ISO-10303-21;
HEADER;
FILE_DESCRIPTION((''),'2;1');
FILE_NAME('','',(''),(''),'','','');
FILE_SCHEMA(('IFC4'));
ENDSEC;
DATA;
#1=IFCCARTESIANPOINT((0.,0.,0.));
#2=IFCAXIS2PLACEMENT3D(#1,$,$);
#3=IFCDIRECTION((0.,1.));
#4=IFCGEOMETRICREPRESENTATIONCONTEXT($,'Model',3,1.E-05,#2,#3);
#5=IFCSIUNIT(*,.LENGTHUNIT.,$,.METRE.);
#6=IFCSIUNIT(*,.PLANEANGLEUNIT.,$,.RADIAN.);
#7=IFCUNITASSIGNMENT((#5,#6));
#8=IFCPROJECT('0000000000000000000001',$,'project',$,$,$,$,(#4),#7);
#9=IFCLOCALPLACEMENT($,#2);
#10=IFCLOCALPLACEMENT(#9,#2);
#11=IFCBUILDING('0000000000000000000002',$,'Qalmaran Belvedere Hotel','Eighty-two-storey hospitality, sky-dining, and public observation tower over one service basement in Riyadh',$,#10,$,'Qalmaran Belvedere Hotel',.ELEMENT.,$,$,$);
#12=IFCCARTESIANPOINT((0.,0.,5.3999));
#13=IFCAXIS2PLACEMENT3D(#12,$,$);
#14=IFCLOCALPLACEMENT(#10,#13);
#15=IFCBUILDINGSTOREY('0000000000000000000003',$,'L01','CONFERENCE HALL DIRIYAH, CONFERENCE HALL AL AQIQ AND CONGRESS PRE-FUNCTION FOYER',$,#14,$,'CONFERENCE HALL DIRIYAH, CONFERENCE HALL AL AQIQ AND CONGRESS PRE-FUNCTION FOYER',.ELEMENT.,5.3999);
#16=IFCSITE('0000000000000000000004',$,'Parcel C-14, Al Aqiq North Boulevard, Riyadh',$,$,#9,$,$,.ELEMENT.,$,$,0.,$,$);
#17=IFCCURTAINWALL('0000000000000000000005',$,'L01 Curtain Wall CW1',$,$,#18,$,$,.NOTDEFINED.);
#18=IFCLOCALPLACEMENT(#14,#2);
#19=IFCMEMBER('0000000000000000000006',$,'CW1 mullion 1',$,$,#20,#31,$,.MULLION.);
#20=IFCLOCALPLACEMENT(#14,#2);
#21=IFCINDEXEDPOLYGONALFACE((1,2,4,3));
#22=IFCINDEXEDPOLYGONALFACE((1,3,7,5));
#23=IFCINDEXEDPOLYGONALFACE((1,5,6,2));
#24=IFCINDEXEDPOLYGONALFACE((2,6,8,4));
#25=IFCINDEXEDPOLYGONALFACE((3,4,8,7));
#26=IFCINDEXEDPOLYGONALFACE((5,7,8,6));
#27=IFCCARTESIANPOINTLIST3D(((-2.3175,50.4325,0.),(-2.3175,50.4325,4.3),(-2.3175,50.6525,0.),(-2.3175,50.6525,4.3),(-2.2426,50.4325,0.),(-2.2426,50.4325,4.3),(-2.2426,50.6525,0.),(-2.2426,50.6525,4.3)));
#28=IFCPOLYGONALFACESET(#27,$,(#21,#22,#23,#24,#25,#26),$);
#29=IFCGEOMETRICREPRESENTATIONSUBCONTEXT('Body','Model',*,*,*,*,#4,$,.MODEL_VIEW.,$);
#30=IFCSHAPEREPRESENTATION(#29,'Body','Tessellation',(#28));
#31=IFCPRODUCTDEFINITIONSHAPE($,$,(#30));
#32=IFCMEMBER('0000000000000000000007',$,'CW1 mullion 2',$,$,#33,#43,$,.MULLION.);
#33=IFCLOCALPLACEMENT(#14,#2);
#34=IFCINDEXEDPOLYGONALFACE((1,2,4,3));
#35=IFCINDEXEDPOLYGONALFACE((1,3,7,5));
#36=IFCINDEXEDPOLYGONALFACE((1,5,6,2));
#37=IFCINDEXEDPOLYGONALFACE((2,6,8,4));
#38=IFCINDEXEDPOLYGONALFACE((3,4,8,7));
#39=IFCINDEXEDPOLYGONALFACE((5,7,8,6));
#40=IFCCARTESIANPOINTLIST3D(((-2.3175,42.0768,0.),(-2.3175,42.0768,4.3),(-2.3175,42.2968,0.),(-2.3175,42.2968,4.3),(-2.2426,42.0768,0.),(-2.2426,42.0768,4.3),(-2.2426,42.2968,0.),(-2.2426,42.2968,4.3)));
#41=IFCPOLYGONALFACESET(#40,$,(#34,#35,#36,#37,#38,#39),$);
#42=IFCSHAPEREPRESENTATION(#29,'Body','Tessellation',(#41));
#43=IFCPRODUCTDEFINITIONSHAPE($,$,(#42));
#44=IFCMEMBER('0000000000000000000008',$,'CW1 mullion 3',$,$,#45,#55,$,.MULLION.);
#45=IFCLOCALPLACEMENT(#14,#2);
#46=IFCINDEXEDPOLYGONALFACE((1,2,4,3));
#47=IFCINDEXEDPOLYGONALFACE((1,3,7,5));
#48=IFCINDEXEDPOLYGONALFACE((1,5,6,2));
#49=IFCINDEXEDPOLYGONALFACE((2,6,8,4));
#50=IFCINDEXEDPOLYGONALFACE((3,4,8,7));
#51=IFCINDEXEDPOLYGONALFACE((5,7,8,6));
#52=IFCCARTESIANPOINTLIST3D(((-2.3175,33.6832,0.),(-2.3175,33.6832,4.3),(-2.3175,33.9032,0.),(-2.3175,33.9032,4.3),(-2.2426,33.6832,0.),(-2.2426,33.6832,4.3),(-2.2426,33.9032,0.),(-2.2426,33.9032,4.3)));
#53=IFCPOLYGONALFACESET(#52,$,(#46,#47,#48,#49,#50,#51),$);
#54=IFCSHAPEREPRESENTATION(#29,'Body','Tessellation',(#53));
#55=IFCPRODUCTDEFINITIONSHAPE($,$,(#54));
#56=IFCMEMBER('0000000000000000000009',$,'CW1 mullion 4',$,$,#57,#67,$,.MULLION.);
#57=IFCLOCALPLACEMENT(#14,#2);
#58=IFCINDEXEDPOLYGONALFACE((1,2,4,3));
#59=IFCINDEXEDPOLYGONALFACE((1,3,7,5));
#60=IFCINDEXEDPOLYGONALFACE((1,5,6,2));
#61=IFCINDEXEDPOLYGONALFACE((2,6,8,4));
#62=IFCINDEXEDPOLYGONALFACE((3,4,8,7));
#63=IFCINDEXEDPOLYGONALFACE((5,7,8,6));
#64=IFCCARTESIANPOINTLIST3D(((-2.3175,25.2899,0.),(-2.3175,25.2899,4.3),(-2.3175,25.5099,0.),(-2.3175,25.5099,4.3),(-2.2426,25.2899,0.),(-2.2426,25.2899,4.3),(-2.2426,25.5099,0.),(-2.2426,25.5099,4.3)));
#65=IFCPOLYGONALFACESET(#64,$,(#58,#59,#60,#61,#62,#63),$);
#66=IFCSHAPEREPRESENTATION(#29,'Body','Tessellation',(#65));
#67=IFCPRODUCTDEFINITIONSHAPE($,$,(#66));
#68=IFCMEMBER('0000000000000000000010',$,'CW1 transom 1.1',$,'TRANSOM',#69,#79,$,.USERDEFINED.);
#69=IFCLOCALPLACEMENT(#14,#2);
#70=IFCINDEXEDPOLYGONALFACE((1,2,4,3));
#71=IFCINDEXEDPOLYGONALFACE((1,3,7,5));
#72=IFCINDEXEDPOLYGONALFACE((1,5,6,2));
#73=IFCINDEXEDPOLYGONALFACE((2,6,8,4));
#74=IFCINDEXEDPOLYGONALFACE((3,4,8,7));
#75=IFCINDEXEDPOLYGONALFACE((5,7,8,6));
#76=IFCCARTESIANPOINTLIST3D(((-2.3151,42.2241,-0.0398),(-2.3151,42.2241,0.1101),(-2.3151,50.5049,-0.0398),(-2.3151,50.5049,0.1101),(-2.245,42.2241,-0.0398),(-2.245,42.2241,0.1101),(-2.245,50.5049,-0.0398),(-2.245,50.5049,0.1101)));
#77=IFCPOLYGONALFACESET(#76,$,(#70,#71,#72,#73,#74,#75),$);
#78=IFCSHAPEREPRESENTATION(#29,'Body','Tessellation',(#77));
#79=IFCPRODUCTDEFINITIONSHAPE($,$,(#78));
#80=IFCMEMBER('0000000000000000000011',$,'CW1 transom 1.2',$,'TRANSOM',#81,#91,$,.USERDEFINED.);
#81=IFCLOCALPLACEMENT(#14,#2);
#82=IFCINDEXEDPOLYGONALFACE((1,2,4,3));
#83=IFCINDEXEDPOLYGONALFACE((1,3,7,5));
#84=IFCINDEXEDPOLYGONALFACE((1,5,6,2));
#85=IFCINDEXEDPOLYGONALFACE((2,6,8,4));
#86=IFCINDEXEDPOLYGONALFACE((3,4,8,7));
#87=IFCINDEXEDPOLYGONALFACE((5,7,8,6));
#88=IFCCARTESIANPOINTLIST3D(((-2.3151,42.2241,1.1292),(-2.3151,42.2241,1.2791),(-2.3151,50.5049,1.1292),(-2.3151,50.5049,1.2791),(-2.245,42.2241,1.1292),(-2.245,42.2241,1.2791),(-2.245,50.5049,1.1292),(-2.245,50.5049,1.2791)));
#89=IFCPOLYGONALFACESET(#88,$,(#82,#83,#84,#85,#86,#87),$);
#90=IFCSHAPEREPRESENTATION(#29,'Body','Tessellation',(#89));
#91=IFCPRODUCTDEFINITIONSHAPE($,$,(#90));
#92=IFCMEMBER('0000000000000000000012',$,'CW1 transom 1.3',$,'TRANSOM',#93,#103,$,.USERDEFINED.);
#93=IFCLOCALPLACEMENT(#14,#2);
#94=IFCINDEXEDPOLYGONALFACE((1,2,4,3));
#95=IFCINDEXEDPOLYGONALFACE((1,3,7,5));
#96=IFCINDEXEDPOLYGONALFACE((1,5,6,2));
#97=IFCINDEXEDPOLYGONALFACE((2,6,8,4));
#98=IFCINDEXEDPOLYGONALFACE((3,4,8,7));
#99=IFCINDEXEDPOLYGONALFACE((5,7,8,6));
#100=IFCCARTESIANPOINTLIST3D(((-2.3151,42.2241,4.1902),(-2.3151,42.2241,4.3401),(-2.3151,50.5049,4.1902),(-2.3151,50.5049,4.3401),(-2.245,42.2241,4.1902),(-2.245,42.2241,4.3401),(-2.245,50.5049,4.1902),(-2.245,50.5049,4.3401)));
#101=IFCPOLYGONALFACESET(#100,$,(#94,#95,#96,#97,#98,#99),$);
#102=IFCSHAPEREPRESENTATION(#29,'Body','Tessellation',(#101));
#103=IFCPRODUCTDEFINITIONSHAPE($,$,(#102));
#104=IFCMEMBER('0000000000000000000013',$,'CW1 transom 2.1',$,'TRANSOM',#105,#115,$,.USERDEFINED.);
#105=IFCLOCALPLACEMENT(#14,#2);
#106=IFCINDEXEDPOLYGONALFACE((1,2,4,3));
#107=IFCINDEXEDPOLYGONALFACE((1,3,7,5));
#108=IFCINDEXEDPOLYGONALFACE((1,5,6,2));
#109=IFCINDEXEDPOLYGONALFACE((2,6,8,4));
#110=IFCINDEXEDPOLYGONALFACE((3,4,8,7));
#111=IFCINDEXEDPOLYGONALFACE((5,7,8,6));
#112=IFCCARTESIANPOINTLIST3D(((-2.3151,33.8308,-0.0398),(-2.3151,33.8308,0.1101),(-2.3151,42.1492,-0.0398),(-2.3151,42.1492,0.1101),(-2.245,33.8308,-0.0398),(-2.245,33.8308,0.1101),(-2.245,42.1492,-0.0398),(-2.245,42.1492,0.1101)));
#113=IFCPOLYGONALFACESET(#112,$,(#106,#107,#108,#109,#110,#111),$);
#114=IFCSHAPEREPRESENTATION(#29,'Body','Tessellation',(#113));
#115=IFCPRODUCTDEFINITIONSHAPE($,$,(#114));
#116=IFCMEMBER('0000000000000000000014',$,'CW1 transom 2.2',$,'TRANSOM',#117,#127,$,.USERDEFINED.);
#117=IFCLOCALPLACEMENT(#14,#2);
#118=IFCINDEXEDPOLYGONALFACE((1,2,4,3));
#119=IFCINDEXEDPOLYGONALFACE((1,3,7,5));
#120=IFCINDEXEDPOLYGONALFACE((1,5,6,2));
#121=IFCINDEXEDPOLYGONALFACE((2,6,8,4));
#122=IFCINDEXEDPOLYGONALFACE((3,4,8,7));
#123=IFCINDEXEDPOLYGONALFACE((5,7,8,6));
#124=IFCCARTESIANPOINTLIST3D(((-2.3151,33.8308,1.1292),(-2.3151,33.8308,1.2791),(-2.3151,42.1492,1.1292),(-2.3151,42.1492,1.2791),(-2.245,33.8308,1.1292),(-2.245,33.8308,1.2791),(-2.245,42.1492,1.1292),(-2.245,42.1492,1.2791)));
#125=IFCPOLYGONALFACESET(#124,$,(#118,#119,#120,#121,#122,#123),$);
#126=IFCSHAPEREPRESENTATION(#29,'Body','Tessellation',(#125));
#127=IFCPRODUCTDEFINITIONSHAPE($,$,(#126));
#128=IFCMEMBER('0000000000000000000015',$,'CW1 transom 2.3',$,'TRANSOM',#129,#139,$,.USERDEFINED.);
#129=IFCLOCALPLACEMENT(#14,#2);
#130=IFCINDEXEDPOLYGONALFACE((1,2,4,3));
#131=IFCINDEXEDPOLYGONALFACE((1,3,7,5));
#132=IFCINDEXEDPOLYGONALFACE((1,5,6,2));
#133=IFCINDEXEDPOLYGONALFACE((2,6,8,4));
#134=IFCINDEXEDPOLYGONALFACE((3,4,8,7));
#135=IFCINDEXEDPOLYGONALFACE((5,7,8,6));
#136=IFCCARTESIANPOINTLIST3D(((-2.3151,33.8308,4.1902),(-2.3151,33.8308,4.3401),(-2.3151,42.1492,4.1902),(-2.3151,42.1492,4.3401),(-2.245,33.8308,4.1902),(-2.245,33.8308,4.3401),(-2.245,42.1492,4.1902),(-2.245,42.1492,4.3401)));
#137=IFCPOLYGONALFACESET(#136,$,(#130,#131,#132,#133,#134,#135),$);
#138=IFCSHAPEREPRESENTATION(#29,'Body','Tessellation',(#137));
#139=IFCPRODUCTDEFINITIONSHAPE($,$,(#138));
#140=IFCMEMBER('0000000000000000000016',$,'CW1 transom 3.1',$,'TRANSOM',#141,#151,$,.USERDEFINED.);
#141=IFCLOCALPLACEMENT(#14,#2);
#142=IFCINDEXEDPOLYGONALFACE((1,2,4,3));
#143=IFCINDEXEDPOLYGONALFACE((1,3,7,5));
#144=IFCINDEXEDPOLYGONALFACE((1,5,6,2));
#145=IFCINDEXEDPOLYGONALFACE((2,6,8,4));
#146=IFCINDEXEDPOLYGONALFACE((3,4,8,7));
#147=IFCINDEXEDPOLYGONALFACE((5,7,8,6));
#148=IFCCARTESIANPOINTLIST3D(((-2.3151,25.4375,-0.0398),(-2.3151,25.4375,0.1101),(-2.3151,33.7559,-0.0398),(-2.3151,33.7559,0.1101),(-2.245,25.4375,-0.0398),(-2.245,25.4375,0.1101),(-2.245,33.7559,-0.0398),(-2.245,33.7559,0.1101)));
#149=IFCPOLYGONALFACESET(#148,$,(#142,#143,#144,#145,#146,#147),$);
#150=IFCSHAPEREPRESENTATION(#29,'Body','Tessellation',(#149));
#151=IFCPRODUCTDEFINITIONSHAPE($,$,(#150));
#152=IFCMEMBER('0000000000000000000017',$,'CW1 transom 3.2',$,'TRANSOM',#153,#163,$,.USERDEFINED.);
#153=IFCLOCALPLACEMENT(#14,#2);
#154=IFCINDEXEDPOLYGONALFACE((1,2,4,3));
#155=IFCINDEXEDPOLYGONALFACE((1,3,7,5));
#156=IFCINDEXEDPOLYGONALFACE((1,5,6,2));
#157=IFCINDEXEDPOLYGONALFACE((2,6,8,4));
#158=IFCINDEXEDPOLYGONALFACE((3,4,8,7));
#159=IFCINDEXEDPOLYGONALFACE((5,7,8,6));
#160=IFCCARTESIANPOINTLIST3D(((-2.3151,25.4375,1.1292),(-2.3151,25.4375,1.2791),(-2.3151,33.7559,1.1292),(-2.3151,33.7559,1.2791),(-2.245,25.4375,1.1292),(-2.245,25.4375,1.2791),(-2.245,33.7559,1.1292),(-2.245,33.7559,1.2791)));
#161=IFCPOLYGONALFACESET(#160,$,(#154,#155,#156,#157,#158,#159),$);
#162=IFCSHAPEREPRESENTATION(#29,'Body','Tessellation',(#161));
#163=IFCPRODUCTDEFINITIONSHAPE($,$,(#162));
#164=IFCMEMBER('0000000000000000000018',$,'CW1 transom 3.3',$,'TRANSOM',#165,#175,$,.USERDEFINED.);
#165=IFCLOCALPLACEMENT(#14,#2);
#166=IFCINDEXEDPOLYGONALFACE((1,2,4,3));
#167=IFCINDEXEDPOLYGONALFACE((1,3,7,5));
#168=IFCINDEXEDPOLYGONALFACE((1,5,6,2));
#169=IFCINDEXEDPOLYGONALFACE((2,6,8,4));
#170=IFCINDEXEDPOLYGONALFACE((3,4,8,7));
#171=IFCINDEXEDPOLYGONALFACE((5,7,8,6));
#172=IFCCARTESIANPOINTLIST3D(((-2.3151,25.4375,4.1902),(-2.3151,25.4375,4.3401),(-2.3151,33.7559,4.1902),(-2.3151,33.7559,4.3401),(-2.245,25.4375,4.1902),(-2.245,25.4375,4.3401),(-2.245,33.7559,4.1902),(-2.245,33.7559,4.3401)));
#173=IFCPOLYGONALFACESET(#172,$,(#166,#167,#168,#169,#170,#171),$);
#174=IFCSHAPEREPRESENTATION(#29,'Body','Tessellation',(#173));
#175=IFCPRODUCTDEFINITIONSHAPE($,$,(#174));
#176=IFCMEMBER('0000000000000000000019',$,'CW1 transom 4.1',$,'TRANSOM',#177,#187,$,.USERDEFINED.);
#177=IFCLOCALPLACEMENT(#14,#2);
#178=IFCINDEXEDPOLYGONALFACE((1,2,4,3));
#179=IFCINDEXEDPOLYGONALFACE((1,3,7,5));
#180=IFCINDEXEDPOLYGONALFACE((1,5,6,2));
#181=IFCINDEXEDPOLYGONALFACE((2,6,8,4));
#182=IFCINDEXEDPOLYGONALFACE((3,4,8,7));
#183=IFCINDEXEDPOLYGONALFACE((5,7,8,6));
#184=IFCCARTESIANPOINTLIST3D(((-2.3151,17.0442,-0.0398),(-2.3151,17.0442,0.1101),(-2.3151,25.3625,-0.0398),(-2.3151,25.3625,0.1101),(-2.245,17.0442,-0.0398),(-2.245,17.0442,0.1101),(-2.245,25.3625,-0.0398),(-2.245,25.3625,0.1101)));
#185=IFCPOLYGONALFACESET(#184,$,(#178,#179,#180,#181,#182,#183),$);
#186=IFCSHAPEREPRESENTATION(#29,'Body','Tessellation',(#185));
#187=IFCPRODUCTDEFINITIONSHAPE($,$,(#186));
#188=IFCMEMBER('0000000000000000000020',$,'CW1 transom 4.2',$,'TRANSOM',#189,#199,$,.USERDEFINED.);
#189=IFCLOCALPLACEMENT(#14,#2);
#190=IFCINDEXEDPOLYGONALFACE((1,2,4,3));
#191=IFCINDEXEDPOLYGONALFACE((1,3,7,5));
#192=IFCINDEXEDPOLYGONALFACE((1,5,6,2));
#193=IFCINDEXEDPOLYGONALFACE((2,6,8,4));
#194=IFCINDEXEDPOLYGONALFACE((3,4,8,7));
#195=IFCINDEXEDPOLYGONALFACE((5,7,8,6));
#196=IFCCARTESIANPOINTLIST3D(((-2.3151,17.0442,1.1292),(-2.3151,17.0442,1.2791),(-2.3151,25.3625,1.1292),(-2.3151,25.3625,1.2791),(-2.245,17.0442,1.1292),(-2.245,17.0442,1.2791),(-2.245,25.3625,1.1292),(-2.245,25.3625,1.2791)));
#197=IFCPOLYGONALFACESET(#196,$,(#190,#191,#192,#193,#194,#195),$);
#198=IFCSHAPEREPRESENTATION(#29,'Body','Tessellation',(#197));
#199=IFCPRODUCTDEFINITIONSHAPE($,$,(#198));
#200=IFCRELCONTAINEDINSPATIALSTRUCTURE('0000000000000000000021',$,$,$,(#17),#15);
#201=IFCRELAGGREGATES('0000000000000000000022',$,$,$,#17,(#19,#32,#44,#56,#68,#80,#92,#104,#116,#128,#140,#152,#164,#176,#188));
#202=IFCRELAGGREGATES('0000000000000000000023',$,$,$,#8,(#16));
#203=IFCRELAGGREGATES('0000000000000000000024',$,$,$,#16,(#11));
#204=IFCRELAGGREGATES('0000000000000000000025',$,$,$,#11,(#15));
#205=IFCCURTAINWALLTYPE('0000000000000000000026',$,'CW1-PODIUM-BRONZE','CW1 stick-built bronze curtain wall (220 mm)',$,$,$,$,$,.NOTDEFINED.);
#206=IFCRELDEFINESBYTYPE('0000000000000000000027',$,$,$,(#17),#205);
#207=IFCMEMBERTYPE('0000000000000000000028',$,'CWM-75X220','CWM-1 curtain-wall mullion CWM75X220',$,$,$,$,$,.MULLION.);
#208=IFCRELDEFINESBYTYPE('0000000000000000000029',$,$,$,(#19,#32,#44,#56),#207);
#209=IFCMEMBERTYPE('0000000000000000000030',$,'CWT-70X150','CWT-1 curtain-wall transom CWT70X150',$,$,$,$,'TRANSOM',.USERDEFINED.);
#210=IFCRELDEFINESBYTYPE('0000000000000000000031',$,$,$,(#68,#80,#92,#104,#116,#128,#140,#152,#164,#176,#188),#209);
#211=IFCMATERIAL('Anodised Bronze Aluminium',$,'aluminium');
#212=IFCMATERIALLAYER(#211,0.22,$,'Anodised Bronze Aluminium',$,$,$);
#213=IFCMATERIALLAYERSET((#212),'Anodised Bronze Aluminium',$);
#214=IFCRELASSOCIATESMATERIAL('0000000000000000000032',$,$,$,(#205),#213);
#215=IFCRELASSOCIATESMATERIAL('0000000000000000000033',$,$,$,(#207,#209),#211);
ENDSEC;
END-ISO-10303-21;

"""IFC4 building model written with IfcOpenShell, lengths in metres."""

from ifc_helpers import new_model, si_unit, direction, frame, origin, origin_2d, place, context, subcontext, project, spatial, rectangle, extrude, material, layer, layer_set, material_profile, profile_set, type_object, element, aggregate, save


model = new_model("IFC4")

# Units and contexts
model_context = context("Model", 3, precision=1e-05, world=origin(), true_north=direction((0.0, 1.0)))
body_context = subcontext(model_context, "Body", "Model", "MODEL_VIEW")
ifc_project = project(units=[si_unit("LENGTHUNIT", "METRE"), si_unit("PLANEANGLEUNIT", "RADIAN")], contexts=[model_context])

# Site, building, storey
site_placement = place(None, origin())
site = spatial("IfcSite", under=ifc_project, at=site_placement, Name="Parcel C-14, Al Aqiq North Boulevard, Riyadh", CompositionType="ELEMENT", RefElevation=0.0)
building_placement = place(site_placement, origin())
building = spatial("IfcBuilding", under=site, at=building_placement, Name="Qalmaran Belvedere Hotel", Description="Eighty-two-storey hospitality, sky-dining, and public observation tower over one service basement in Riyadh", LongName="Qalmaran Belvedere Hotel", CompositionType="ELEMENT")
storey_placement = place(building_placement, frame((0.0, 0.0, 5.3999)))
storey = spatial("IfcBuildingStorey", under=building, at=storey_placement, Name="L01", Description="CONFERENCE HALL DIRIYAH, CONFERENCE HALL AL AQIQ AND CONGRESS PRE-FUNCTION FOYER", LongName="CONFERENCE HALL DIRIYAH, CONFERENCE HALL AL AQIQ AND CONGRESS PRE-FUNCTION FOYER", CompositionType="ELEMENT", Elevation=5.3999)

# Curtain wall, members
ifc_material_1 = material(Name="Anodised Bronze Aluminium", Category="aluminium")
ifc_layer_1 = layer(ifc_material_1, 0.22, Name="Anodised Bronze Aluminium")
ifc_layer_set_1 = layer_set([ifc_layer_1], Name="Anodised Bronze Aluminium")
curtain_wall_type = type_object("IfcCurtainWallType", Name="CW1-PODIUM-BRONZE", Description="CW1 stick-built bronze curtain wall (220 mm)", PredefinedType="NOTDEFINED", material=ifc_layer_set_1)
curtain_wall_placement = place(storey_placement, origin())
curtain_wall = element("IfcCurtainWall", 1, at=curtain_wall_placement, inside=storey, type_object=curtain_wall_type, Name="L01 Curtain Wall CW1", PredefinedType="NOTDEFINED")
ifc_material_profile_1 = material_profile(ifc_material_1, rectangle(XDim=0.075, YDim=0.22, at=origin_2d()), Name="CWM75X220")
ifc_profile_set_1 = profile_set([ifc_material_profile_1], Name="Anodised Bronze Aluminium")
member_type_1 = type_object("IfcMemberType", Name="CWM-75X220", Description="CWM-1 curtain-wall mullion CWM75X220", PredefinedType="MULLION", material=ifc_profile_set_1)
member_1_placement = place(storey_placement, frame((-2.28, 50.5425, 0.0), z_axis=(0.0, 0.0, 1.0), x_axis=(1.0, 0.0, 0.0)))
member_1 = element("IfcMember", 2, at=member_1_placement, type_object=member_type_1, Name="CW1 mullion 1", PredefinedType="MULLION", context=body_context, shape_type="SweptSolid", body=[
    extrude(rectangle(XDim=0.075, YDim=0.22, at=origin_2d()), origin(), (0.0, 0.0, 1.0), 4.3),
])
member_2_placement = place(storey_placement, frame((-2.28, 42.1868, 0.0), z_axis=(0.0, 0.0, 1.0), x_axis=(1.0, 0.0, 0.0)))
member_2 = element("IfcMember", 3, at=member_2_placement, type_object=member_type_1, Name="CW1 mullion 2", PredefinedType="MULLION", context=body_context, shape_type="SweptSolid", body=[
    extrude(rectangle(XDim=0.075, YDim=0.22, at=origin_2d()), origin(), (0.0, 0.0, 1.0), 4.3),
])
member_3_placement = place(storey_placement, frame((-2.28, 33.7932, 0.0), z_axis=(0.0, 0.0, 1.0), x_axis=(1.0, 0.0, 0.0)))
member_3 = element("IfcMember", 4, at=member_3_placement, type_object=member_type_1, Name="CW1 mullion 3", PredefinedType="MULLION", context=body_context, shape_type="SweptSolid", body=[
    extrude(rectangle(XDim=0.075, YDim=0.22, at=origin_2d()), origin(), (0.0, 0.0, 1.0), 4.3),
])
member_4_placement = place(storey_placement, frame((-2.28, 25.3999, 0.0), z_axis=(0.0, 0.0, 1.0), x_axis=(1.0, 0.0, 0.0)))
member_4 = element("IfcMember", 5, at=member_4_placement, type_object=member_type_1, Name="CW1 mullion 4", PredefinedType="MULLION", context=body_context, shape_type="SweptSolid", body=[
    extrude(rectangle(XDim=0.075, YDim=0.22, at=origin_2d()), origin(), (0.0, 0.0, 1.0), 4.3),
])
ifc_material_profile_2 = material_profile(ifc_material_1, rectangle(XDim=0.0701, YDim=0.1499, at=origin_2d()), Name="CWT70X150")
ifc_profile_set_2 = profile_set([ifc_material_profile_2], Name="Anodised Bronze Aluminium")
member_type_2 = type_object("IfcMemberType", Name="CWT-70X150", Description="CWT-1 curtain-wall transom CWT70X150", ElementType="TRANSOM", PredefinedType="USERDEFINED", material=ifc_profile_set_2)
member_5_placement = place(storey_placement, frame((-2.28, 50.5049, 0.0352), z_axis=(0.0, -1.0, 0.0), x_axis=(1.0, 0.0, 0.0)))
member_5 = element("IfcMember", 6, at=member_5_placement, type_object=member_type_2, Name="CW1 transom 1.1", ObjectType="TRANSOM", PredefinedType="USERDEFINED", context=body_context, shape_type="SweptSolid", body=[
    extrude(rectangle(XDim=0.0701, YDim=0.1499, at=origin_2d()), origin(), (0.0, 0.0, 1.0), 8.2808),
])
member_6_placement = place(storey_placement, frame((-2.28, 50.5049, 1.2041), z_axis=(0.0, -1.0, 0.0), x_axis=(1.0, 0.0, 0.0)))
member_6 = element("IfcMember", 7, at=member_6_placement, type_object=member_type_2, Name="CW1 transom 1.2", ObjectType="TRANSOM", PredefinedType="USERDEFINED", context=body_context, shape_type="SweptSolid", body=[
    extrude(rectangle(XDim=0.0701, YDim=0.1499, at=origin_2d()), origin(), (0.0, 0.0, 1.0), 8.2808),
])
member_7_placement = place(storey_placement, frame((-2.28, 50.5049, 4.2651), z_axis=(0.0, -1.0, 0.0), x_axis=(1.0, 0.0, 0.0)))
member_7 = element("IfcMember", 8, at=member_7_placement, type_object=member_type_2, Name="CW1 transom 1.3", ObjectType="TRANSOM", PredefinedType="USERDEFINED", context=body_context, shape_type="SweptSolid", body=[
    extrude(rectangle(XDim=0.0701, YDim=0.1499, at=origin_2d()), origin(), (0.0, 0.0, 1.0), 8.2808),
])
member_8_placement = place(storey_placement, frame((-2.28, 42.1492, 0.0352), z_axis=(0.0, -1.0, 0.0), x_axis=(1.0, 0.0, 0.0)))
member_8 = element("IfcMember", 9, at=member_8_placement, type_object=member_type_2, Name="CW1 transom 2.1", ObjectType="TRANSOM", PredefinedType="USERDEFINED", context=body_context, shape_type="SweptSolid", body=[
    extrude(rectangle(XDim=0.0701, YDim=0.1499, at=origin_2d()), origin(), (0.0, 0.0, 1.0), 8.3184),
])
member_9_placement = place(storey_placement, frame((-2.28, 42.1492, 1.2041), z_axis=(0.0, -1.0, 0.0), x_axis=(1.0, 0.0, 0.0)))
member_9 = element("IfcMember", 10, at=member_9_placement, type_object=member_type_2, Name="CW1 transom 2.2", ObjectType="TRANSOM", PredefinedType="USERDEFINED", context=body_context, shape_type="SweptSolid", body=[
    extrude(rectangle(XDim=0.0701, YDim=0.1499, at=origin_2d()), origin(), (0.0, 0.0, 1.0), 8.3184),
])
member_10_placement = place(storey_placement, frame((-2.28, 42.1492, 4.2651), z_axis=(0.0, -1.0, 0.0), x_axis=(1.0, 0.0, 0.0)))
member_10 = element("IfcMember", 11, at=member_10_placement, type_object=member_type_2, Name="CW1 transom 2.3", ObjectType="TRANSOM", PredefinedType="USERDEFINED", context=body_context, shape_type="SweptSolid", body=[
    extrude(rectangle(XDim=0.0701, YDim=0.1499, at=origin_2d()), origin(), (0.0, 0.0, 1.0), 8.3184),
])
member_11_placement = place(storey_placement, frame((-2.28, 33.7559, 0.0352), z_axis=(0.0, -1.0, 0.0), x_axis=(1.0, 0.0, 0.0)))
member_11 = element("IfcMember", 12, at=member_11_placement, type_object=member_type_2, Name="CW1 transom 3.1", ObjectType="TRANSOM", PredefinedType="USERDEFINED", context=body_context, shape_type="SweptSolid", body=[
    extrude(rectangle(XDim=0.0701, YDim=0.1499, at=origin_2d()), origin(), (0.0, 0.0, 1.0), 8.3184),
])
member_12_placement = place(storey_placement, frame((-2.28, 33.7559, 1.2041), z_axis=(0.0, -1.0, 0.0), x_axis=(1.0, 0.0, 0.0)))
member_12 = element("IfcMember", 13, at=member_12_placement, type_object=member_type_2, Name="CW1 transom 3.2", ObjectType="TRANSOM", PredefinedType="USERDEFINED", context=body_context, shape_type="SweptSolid", body=[
    extrude(rectangle(XDim=0.0701, YDim=0.1499, at=origin_2d()), origin(), (0.0, 0.0, 1.0), 8.3184),
])
member_13_placement = place(storey_placement, frame((-2.28, 33.7559, 4.2651), z_axis=(0.0, -1.0, 0.0), x_axis=(1.0, 0.0, 0.0)))
member_13 = element("IfcMember", 14, at=member_13_placement, type_object=member_type_2, Name="CW1 transom 3.3", ObjectType="TRANSOM", PredefinedType="USERDEFINED", context=body_context, shape_type="SweptSolid", body=[
    extrude(rectangle(XDim=0.0701, YDim=0.1499, at=origin_2d()), origin(), (0.0, 0.0, 1.0), 8.3184),
])
member_14_placement = place(storey_placement, frame((-2.28, 25.3625, 0.0352), z_axis=(0.0, -1.0, 0.0), x_axis=(1.0, 0.0, 0.0)))
member_14 = element("IfcMember", 15, at=member_14_placement, type_object=member_type_2, Name="CW1 transom 4.1", ObjectType="TRANSOM", PredefinedType="USERDEFINED", context=body_context, shape_type="SweptSolid", body=[
    extrude(rectangle(XDim=0.0701, YDim=0.1499, at=origin_2d()), origin(), (0.0, 0.0, 1.0), 8.3184),
])
member_15_placement = place(storey_placement, frame((-2.28, 25.3625, 1.2041), z_axis=(0.0, -1.0, 0.0), x_axis=(1.0, 0.0, 0.0)))
member_15 = element("IfcMember", 16, at=member_15_placement, type_object=member_type_2, Name="CW1 transom 4.2", ObjectType="TRANSOM", PredefinedType="USERDEFINED", context=body_context, shape_type="SweptSolid", body=[
    extrude(rectangle(XDim=0.0701, YDim=0.1499, at=origin_2d()), origin(), (0.0, 0.0, 1.0), 8.3184),
])
aggregate(curtain_wall, [member_1, member_2, member_3, member_4, member_5, member_6, member_7, member_8, member_9, member_10, member_11, member_12, member_13, member_14, member_15])

save(model, "model.ifc")
